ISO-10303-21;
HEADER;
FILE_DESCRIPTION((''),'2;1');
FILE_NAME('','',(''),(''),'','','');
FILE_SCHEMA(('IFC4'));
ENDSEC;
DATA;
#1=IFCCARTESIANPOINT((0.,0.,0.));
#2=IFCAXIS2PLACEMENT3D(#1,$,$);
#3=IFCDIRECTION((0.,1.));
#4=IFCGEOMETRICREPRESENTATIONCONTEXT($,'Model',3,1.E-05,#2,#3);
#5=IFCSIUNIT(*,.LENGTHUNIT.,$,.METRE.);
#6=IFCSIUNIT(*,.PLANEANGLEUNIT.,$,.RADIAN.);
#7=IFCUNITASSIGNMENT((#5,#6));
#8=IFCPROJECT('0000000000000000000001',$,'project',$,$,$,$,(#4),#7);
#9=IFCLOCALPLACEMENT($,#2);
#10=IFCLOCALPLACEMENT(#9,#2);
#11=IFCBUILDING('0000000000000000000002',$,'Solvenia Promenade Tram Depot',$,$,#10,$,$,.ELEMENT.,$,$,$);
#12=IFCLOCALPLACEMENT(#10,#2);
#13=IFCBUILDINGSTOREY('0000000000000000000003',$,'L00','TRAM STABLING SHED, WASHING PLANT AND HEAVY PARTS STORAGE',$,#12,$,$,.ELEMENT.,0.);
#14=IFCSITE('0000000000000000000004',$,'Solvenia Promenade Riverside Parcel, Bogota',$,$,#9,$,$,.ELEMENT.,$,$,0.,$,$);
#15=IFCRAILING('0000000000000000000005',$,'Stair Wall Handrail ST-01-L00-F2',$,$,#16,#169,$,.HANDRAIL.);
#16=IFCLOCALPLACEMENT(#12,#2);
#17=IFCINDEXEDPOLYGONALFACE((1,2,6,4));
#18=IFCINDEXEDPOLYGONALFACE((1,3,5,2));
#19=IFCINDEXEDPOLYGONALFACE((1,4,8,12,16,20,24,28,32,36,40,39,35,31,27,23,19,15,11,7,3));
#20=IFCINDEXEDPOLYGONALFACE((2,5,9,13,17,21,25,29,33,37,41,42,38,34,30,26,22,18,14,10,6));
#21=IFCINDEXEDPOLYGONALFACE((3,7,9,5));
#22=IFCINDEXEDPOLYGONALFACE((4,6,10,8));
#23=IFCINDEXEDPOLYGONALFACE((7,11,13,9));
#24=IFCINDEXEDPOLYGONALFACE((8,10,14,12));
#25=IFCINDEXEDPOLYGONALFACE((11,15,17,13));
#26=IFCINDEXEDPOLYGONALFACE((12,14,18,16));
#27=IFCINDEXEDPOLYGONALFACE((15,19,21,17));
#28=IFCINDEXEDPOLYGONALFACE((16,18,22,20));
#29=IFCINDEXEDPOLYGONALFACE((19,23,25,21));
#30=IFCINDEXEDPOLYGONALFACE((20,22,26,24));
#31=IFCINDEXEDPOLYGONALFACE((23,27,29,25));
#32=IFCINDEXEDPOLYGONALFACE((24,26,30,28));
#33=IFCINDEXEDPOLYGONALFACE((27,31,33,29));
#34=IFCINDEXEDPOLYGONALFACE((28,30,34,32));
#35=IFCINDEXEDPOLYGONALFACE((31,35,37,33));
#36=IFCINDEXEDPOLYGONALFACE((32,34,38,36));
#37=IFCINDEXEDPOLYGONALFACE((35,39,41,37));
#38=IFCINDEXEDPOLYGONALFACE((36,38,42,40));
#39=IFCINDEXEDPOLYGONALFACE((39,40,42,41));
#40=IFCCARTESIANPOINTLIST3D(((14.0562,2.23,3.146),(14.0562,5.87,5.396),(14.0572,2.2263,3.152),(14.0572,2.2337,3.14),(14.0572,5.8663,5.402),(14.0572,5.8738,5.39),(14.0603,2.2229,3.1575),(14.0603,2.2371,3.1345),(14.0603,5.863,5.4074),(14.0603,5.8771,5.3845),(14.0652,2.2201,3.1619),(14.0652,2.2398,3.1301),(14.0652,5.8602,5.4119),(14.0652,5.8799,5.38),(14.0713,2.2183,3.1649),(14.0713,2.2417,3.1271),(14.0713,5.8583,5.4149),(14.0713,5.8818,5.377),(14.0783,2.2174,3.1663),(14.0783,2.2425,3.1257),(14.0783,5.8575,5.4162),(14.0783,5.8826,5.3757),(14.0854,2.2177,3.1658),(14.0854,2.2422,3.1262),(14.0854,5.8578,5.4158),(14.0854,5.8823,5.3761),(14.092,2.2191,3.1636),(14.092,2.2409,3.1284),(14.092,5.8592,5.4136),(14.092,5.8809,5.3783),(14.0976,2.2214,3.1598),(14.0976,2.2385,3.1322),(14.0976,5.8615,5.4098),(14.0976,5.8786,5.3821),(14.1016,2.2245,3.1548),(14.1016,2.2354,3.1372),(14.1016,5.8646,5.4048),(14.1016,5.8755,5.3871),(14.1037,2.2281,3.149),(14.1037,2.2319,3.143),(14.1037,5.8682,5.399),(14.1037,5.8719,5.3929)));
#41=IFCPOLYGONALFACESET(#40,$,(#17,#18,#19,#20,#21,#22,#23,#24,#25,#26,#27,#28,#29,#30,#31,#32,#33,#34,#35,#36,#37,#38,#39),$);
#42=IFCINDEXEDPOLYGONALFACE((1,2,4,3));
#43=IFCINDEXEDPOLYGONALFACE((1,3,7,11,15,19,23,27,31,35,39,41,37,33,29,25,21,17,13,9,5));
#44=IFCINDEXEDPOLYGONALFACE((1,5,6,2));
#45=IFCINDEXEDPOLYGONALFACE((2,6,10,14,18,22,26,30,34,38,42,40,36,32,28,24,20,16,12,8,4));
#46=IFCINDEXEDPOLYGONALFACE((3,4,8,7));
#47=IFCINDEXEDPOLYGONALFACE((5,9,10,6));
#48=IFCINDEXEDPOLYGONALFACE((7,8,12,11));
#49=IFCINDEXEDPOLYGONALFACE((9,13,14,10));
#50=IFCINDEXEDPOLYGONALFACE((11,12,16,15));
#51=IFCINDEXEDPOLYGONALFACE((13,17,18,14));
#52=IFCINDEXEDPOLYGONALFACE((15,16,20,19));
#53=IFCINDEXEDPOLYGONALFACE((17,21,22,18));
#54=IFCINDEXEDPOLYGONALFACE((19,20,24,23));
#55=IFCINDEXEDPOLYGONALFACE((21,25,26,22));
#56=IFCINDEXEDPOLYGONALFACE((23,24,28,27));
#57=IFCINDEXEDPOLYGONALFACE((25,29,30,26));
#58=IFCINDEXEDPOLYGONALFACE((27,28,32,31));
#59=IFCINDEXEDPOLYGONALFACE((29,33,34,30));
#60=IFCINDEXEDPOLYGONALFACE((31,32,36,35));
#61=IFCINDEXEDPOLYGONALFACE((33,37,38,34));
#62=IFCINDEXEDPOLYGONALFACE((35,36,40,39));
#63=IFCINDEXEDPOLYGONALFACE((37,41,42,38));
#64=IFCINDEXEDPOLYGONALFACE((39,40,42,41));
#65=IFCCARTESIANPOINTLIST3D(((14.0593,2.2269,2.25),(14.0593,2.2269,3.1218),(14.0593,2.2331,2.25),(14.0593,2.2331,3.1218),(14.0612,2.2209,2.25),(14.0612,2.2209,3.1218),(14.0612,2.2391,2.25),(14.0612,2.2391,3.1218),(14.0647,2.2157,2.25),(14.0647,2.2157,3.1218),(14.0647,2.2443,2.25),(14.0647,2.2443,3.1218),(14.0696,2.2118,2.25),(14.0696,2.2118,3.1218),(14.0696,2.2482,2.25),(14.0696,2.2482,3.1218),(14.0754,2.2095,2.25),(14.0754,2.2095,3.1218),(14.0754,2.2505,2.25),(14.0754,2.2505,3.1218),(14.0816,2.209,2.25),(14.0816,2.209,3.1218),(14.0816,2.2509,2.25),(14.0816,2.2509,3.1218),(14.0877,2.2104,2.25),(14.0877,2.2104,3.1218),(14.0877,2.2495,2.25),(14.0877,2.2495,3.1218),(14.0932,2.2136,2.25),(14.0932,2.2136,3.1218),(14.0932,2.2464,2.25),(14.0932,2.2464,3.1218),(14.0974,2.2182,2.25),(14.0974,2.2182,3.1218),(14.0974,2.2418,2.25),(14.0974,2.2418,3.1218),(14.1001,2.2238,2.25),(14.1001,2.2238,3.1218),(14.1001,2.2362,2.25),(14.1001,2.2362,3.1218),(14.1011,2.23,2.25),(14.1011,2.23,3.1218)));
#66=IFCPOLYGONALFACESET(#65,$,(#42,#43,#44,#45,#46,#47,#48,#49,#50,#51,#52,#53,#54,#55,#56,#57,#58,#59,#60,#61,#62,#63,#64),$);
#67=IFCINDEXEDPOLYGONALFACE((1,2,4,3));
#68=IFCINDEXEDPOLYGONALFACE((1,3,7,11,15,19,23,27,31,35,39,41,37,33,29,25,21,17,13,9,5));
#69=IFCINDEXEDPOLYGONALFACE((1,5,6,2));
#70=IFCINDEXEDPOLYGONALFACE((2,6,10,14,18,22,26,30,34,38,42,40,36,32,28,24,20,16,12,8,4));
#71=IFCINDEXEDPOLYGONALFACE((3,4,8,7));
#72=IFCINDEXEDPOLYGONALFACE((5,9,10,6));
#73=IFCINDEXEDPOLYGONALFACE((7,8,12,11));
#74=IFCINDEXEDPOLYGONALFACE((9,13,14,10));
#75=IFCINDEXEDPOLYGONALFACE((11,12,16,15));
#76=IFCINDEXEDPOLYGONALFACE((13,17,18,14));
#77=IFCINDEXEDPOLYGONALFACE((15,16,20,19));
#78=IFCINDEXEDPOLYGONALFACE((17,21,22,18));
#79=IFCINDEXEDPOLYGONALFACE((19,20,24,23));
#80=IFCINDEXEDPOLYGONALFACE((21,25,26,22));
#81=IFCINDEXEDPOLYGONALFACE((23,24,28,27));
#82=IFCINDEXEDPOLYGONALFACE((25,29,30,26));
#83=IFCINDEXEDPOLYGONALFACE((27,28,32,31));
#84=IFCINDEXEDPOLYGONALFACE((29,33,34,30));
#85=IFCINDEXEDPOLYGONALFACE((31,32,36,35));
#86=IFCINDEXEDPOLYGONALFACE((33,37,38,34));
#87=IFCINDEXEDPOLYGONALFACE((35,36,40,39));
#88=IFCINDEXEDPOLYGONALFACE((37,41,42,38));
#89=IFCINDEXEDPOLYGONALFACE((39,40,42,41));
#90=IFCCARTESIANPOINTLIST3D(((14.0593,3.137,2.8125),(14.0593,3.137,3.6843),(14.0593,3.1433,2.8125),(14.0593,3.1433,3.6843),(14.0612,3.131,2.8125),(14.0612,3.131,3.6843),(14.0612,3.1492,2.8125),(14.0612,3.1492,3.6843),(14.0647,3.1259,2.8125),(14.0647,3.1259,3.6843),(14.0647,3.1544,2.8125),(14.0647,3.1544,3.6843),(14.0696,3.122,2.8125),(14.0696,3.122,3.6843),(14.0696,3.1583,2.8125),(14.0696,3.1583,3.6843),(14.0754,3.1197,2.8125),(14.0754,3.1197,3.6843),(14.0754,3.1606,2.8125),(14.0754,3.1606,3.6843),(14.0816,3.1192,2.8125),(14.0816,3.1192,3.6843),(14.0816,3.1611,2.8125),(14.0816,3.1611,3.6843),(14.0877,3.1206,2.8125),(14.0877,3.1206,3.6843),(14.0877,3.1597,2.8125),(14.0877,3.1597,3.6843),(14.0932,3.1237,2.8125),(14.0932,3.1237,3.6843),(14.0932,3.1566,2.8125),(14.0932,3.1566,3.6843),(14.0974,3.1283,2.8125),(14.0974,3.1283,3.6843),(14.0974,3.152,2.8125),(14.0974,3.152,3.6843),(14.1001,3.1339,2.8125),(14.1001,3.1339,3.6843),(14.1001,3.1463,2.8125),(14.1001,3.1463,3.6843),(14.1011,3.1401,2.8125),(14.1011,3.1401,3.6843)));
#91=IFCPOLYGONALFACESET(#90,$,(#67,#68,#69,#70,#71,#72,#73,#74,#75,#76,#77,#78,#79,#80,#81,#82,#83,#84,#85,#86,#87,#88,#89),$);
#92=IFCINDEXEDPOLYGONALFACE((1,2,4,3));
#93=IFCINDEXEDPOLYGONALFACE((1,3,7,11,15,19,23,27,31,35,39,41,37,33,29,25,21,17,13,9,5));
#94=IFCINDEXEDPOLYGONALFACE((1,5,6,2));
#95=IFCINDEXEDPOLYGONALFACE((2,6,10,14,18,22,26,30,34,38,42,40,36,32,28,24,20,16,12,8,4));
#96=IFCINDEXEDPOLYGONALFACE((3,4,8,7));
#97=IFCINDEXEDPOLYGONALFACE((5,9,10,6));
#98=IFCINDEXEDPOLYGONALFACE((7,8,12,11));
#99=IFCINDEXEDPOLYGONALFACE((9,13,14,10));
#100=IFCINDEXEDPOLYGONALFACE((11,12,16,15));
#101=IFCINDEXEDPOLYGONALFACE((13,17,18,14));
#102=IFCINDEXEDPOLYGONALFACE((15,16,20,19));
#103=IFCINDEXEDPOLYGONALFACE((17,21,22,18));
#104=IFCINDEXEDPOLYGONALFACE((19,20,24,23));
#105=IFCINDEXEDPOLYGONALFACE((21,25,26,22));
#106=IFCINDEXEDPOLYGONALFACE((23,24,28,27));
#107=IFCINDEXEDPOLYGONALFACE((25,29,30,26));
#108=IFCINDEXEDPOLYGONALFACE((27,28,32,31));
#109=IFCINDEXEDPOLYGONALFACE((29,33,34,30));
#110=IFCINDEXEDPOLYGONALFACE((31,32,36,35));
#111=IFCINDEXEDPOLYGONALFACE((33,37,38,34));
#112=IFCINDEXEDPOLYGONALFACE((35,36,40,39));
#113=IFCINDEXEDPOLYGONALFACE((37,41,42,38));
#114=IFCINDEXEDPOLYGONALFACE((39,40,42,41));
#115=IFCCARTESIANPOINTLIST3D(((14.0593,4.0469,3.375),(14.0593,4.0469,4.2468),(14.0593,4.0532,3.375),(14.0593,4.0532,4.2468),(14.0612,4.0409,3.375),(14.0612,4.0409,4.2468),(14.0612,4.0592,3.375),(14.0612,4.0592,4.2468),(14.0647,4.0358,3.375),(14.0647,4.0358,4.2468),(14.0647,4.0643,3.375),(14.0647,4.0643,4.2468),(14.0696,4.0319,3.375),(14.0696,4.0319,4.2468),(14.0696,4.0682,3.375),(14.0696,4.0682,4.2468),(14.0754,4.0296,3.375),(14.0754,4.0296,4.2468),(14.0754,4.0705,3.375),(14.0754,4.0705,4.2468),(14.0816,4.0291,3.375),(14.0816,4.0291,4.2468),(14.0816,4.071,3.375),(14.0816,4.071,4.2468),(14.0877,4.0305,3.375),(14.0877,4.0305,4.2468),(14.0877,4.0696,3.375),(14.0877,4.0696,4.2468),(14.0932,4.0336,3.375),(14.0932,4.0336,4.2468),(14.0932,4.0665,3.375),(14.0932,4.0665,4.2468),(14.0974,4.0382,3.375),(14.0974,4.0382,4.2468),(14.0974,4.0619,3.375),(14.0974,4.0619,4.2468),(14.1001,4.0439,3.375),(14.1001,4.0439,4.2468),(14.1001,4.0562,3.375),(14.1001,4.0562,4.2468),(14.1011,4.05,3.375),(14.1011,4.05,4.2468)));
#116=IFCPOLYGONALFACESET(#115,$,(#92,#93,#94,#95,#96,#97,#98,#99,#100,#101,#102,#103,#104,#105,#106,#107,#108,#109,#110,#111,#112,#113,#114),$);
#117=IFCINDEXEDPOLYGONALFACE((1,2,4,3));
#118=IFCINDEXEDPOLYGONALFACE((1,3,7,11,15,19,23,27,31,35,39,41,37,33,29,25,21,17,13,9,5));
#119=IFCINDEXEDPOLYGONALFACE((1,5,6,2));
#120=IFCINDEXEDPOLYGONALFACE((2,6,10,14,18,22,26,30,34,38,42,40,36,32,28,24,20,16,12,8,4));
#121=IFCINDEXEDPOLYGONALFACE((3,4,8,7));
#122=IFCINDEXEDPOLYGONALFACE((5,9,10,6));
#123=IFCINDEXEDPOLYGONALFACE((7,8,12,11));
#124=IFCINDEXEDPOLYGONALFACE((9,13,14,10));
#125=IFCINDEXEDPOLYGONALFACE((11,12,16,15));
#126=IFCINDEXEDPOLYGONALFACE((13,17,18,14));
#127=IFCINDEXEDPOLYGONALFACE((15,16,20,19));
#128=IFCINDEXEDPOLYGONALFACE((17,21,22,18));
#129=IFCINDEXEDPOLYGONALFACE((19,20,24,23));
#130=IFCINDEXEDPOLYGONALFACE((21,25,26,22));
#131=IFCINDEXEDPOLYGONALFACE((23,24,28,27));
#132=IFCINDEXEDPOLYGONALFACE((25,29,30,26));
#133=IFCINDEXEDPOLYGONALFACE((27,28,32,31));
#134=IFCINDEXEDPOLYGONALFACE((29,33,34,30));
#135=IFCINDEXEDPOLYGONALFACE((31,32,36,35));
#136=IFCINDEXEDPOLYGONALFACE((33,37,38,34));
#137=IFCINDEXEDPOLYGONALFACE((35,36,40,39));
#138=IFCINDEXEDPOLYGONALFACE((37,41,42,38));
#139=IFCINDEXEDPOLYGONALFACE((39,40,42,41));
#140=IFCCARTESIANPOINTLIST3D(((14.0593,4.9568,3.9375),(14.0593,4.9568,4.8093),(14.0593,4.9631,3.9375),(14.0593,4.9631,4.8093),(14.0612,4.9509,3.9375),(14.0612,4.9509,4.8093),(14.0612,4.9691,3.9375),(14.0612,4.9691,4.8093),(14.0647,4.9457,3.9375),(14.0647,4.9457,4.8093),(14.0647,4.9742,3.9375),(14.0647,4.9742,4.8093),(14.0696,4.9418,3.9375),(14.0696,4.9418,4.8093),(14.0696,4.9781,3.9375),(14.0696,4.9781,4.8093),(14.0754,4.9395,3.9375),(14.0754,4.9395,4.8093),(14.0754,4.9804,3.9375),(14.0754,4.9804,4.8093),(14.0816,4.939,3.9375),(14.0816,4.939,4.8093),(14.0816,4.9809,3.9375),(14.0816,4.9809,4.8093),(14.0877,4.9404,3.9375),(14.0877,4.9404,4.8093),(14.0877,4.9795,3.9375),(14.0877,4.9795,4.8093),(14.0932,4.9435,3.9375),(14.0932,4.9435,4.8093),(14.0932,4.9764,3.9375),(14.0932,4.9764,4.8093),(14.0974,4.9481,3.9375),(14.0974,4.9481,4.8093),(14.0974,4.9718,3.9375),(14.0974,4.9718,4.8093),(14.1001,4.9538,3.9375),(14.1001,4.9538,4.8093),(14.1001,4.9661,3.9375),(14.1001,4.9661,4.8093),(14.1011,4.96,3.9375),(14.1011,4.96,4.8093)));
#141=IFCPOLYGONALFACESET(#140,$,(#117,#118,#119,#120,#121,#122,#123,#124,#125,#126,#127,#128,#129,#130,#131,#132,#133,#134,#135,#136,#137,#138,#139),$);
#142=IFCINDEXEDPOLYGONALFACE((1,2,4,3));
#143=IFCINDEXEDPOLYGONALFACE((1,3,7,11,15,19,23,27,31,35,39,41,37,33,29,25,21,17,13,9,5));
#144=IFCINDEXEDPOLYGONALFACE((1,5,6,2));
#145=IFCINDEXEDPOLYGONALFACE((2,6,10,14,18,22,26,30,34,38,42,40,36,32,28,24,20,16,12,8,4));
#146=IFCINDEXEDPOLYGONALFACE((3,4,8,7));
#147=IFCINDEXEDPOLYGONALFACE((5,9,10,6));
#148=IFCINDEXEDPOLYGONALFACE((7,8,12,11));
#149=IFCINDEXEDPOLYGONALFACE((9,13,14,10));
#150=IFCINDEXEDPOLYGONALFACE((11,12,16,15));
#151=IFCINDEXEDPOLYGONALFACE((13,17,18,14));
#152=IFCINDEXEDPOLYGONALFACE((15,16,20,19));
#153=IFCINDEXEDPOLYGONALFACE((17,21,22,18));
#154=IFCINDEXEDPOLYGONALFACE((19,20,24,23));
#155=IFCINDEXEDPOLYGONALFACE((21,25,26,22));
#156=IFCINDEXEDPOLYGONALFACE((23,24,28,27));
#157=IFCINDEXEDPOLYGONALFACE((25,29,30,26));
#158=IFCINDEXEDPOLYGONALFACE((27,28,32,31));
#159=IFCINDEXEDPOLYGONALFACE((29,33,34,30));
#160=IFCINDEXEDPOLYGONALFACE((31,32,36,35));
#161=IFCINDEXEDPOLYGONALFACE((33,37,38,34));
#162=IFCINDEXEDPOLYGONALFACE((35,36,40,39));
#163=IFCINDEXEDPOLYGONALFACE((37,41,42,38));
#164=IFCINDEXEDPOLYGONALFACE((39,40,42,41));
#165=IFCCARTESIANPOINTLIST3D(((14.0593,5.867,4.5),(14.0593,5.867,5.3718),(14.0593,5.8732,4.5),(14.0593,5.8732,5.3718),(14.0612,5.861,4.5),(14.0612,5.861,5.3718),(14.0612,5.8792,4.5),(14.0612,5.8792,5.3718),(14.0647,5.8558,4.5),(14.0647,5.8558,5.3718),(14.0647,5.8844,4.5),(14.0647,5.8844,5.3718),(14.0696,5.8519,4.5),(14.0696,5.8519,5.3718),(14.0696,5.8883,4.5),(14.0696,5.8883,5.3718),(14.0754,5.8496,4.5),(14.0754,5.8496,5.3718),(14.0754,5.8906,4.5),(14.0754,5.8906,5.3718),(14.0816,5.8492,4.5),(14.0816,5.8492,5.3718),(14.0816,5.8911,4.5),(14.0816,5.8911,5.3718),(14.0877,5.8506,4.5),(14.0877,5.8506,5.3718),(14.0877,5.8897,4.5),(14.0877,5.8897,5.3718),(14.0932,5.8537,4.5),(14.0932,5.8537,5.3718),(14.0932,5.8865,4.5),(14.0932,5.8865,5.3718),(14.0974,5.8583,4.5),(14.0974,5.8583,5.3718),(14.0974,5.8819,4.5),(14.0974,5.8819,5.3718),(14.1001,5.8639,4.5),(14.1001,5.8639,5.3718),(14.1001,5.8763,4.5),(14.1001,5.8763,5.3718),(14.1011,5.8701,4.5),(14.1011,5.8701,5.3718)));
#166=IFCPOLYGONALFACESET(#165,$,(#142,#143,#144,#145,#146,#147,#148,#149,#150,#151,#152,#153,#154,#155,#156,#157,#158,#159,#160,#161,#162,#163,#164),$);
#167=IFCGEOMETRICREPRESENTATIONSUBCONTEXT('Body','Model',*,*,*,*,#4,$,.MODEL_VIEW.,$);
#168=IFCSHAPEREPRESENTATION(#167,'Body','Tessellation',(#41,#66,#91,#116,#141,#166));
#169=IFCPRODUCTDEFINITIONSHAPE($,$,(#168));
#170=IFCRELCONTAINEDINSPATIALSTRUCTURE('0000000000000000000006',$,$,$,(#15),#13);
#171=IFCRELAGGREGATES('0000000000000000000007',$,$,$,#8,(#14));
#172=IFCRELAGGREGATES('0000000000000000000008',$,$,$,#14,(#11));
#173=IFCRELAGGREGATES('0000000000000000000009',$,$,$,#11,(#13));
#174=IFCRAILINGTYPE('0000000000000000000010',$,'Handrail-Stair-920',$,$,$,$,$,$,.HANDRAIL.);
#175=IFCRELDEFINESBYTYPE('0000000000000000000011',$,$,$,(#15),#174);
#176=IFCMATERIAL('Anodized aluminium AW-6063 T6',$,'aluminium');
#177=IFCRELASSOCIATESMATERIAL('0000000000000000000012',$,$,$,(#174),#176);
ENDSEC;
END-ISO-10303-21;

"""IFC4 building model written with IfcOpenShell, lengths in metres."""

from ifc_helpers import new_model, si_unit, direction, frame, origin, origin_2d, place, context, subcontext, project, spatial, circle, extrude, material, type_object, element, save


model = new_model("IFC4")

# Units and contexts
model_context = context("Model", 3, precision=1e-05, world=origin(), true_north=direction((0.0, 1.0)))
body_context = subcontext(model_context, "Body", "Model", "MODEL_VIEW")
ifc_project = project(units=[si_unit("LENGTHUNIT", "METRE"), si_unit("PLANEANGLEUNIT", "RADIAN")], contexts=[model_context])

# Site, building, storey
site_placement = place(None, origin())
site = spatial("IfcSite", under=ifc_project, at=site_placement, Name="Solvenia Promenade Riverside Parcel, Bogota", CompositionType="ELEMENT", RefElevation=0.0)
building_placement = place(site_placement, origin())
building = spatial("IfcBuilding", under=site, at=building_placement, Name="Solvenia Promenade Tram Depot", CompositionType="ELEMENT")
storey_placement = place(building_placement, origin())
storey = spatial("IfcBuildingStorey", under=building, at=storey_placement, Name="L00", Description="TRAM STABLING SHED, WASHING PLANT AND HEAVY PARTS STORAGE", CompositionType="ELEMENT", Elevation=0.0)

# Shared definitions
ifc_material_1 = material(Name="Anodized aluminium AW-6063 T6", Category="aluminium")

# Railing
railing_type = type_object("IfcRailingType", Name="Handrail-Stair-920", PredefinedType="HANDRAIL", material=ifc_material_1)
railing_placement = place(storey_placement, frame((14.0801, 2.23, 2.25)))
element("IfcRailing", 1, at=railing_placement, inside=storey, type_object=railing_type, Name="Stair Wall Handrail ST-01-L00-F2", PredefinedType="HANDRAIL", context=body_context, shape_type="SweptSolid", body=[
    extrude(circle(Radius=0.0239, at=origin_2d()), frame((0.0, 0.0, 0.896), z_axis=(0.0, 0.850622, 0.525777), x_axis=(-1.0, 0.0, 0.0)), (0.0, 0.0, 1.0), 4.2793),
    extrude(circle(Radius=0.021, at=origin_2d()), origin(), (0.0, 0.0, 1.0), 0.8718),
    extrude(circle(Radius=0.021, at=origin_2d()), frame((0.0, 0.9102, 0.5625)), (0.0, 0.0, 1.0), 0.8718),
    extrude(circle(Radius=0.021, at=origin_2d()), frame((0.0, 1.8201, 1.125)), (0.0, 0.0, 1.0), 0.8718),
    extrude(circle(Radius=0.021, at=origin_2d()), frame((0.0, 2.73, 1.6875)), (0.0, 0.0, 1.0), 0.8718),
    extrude(circle(Radius=0.021, at=origin_2d()), frame((0.0, 3.6401, 2.25)), (0.0, 0.0, 1.0), 0.8718),
])

save(model, "model.ifc")
